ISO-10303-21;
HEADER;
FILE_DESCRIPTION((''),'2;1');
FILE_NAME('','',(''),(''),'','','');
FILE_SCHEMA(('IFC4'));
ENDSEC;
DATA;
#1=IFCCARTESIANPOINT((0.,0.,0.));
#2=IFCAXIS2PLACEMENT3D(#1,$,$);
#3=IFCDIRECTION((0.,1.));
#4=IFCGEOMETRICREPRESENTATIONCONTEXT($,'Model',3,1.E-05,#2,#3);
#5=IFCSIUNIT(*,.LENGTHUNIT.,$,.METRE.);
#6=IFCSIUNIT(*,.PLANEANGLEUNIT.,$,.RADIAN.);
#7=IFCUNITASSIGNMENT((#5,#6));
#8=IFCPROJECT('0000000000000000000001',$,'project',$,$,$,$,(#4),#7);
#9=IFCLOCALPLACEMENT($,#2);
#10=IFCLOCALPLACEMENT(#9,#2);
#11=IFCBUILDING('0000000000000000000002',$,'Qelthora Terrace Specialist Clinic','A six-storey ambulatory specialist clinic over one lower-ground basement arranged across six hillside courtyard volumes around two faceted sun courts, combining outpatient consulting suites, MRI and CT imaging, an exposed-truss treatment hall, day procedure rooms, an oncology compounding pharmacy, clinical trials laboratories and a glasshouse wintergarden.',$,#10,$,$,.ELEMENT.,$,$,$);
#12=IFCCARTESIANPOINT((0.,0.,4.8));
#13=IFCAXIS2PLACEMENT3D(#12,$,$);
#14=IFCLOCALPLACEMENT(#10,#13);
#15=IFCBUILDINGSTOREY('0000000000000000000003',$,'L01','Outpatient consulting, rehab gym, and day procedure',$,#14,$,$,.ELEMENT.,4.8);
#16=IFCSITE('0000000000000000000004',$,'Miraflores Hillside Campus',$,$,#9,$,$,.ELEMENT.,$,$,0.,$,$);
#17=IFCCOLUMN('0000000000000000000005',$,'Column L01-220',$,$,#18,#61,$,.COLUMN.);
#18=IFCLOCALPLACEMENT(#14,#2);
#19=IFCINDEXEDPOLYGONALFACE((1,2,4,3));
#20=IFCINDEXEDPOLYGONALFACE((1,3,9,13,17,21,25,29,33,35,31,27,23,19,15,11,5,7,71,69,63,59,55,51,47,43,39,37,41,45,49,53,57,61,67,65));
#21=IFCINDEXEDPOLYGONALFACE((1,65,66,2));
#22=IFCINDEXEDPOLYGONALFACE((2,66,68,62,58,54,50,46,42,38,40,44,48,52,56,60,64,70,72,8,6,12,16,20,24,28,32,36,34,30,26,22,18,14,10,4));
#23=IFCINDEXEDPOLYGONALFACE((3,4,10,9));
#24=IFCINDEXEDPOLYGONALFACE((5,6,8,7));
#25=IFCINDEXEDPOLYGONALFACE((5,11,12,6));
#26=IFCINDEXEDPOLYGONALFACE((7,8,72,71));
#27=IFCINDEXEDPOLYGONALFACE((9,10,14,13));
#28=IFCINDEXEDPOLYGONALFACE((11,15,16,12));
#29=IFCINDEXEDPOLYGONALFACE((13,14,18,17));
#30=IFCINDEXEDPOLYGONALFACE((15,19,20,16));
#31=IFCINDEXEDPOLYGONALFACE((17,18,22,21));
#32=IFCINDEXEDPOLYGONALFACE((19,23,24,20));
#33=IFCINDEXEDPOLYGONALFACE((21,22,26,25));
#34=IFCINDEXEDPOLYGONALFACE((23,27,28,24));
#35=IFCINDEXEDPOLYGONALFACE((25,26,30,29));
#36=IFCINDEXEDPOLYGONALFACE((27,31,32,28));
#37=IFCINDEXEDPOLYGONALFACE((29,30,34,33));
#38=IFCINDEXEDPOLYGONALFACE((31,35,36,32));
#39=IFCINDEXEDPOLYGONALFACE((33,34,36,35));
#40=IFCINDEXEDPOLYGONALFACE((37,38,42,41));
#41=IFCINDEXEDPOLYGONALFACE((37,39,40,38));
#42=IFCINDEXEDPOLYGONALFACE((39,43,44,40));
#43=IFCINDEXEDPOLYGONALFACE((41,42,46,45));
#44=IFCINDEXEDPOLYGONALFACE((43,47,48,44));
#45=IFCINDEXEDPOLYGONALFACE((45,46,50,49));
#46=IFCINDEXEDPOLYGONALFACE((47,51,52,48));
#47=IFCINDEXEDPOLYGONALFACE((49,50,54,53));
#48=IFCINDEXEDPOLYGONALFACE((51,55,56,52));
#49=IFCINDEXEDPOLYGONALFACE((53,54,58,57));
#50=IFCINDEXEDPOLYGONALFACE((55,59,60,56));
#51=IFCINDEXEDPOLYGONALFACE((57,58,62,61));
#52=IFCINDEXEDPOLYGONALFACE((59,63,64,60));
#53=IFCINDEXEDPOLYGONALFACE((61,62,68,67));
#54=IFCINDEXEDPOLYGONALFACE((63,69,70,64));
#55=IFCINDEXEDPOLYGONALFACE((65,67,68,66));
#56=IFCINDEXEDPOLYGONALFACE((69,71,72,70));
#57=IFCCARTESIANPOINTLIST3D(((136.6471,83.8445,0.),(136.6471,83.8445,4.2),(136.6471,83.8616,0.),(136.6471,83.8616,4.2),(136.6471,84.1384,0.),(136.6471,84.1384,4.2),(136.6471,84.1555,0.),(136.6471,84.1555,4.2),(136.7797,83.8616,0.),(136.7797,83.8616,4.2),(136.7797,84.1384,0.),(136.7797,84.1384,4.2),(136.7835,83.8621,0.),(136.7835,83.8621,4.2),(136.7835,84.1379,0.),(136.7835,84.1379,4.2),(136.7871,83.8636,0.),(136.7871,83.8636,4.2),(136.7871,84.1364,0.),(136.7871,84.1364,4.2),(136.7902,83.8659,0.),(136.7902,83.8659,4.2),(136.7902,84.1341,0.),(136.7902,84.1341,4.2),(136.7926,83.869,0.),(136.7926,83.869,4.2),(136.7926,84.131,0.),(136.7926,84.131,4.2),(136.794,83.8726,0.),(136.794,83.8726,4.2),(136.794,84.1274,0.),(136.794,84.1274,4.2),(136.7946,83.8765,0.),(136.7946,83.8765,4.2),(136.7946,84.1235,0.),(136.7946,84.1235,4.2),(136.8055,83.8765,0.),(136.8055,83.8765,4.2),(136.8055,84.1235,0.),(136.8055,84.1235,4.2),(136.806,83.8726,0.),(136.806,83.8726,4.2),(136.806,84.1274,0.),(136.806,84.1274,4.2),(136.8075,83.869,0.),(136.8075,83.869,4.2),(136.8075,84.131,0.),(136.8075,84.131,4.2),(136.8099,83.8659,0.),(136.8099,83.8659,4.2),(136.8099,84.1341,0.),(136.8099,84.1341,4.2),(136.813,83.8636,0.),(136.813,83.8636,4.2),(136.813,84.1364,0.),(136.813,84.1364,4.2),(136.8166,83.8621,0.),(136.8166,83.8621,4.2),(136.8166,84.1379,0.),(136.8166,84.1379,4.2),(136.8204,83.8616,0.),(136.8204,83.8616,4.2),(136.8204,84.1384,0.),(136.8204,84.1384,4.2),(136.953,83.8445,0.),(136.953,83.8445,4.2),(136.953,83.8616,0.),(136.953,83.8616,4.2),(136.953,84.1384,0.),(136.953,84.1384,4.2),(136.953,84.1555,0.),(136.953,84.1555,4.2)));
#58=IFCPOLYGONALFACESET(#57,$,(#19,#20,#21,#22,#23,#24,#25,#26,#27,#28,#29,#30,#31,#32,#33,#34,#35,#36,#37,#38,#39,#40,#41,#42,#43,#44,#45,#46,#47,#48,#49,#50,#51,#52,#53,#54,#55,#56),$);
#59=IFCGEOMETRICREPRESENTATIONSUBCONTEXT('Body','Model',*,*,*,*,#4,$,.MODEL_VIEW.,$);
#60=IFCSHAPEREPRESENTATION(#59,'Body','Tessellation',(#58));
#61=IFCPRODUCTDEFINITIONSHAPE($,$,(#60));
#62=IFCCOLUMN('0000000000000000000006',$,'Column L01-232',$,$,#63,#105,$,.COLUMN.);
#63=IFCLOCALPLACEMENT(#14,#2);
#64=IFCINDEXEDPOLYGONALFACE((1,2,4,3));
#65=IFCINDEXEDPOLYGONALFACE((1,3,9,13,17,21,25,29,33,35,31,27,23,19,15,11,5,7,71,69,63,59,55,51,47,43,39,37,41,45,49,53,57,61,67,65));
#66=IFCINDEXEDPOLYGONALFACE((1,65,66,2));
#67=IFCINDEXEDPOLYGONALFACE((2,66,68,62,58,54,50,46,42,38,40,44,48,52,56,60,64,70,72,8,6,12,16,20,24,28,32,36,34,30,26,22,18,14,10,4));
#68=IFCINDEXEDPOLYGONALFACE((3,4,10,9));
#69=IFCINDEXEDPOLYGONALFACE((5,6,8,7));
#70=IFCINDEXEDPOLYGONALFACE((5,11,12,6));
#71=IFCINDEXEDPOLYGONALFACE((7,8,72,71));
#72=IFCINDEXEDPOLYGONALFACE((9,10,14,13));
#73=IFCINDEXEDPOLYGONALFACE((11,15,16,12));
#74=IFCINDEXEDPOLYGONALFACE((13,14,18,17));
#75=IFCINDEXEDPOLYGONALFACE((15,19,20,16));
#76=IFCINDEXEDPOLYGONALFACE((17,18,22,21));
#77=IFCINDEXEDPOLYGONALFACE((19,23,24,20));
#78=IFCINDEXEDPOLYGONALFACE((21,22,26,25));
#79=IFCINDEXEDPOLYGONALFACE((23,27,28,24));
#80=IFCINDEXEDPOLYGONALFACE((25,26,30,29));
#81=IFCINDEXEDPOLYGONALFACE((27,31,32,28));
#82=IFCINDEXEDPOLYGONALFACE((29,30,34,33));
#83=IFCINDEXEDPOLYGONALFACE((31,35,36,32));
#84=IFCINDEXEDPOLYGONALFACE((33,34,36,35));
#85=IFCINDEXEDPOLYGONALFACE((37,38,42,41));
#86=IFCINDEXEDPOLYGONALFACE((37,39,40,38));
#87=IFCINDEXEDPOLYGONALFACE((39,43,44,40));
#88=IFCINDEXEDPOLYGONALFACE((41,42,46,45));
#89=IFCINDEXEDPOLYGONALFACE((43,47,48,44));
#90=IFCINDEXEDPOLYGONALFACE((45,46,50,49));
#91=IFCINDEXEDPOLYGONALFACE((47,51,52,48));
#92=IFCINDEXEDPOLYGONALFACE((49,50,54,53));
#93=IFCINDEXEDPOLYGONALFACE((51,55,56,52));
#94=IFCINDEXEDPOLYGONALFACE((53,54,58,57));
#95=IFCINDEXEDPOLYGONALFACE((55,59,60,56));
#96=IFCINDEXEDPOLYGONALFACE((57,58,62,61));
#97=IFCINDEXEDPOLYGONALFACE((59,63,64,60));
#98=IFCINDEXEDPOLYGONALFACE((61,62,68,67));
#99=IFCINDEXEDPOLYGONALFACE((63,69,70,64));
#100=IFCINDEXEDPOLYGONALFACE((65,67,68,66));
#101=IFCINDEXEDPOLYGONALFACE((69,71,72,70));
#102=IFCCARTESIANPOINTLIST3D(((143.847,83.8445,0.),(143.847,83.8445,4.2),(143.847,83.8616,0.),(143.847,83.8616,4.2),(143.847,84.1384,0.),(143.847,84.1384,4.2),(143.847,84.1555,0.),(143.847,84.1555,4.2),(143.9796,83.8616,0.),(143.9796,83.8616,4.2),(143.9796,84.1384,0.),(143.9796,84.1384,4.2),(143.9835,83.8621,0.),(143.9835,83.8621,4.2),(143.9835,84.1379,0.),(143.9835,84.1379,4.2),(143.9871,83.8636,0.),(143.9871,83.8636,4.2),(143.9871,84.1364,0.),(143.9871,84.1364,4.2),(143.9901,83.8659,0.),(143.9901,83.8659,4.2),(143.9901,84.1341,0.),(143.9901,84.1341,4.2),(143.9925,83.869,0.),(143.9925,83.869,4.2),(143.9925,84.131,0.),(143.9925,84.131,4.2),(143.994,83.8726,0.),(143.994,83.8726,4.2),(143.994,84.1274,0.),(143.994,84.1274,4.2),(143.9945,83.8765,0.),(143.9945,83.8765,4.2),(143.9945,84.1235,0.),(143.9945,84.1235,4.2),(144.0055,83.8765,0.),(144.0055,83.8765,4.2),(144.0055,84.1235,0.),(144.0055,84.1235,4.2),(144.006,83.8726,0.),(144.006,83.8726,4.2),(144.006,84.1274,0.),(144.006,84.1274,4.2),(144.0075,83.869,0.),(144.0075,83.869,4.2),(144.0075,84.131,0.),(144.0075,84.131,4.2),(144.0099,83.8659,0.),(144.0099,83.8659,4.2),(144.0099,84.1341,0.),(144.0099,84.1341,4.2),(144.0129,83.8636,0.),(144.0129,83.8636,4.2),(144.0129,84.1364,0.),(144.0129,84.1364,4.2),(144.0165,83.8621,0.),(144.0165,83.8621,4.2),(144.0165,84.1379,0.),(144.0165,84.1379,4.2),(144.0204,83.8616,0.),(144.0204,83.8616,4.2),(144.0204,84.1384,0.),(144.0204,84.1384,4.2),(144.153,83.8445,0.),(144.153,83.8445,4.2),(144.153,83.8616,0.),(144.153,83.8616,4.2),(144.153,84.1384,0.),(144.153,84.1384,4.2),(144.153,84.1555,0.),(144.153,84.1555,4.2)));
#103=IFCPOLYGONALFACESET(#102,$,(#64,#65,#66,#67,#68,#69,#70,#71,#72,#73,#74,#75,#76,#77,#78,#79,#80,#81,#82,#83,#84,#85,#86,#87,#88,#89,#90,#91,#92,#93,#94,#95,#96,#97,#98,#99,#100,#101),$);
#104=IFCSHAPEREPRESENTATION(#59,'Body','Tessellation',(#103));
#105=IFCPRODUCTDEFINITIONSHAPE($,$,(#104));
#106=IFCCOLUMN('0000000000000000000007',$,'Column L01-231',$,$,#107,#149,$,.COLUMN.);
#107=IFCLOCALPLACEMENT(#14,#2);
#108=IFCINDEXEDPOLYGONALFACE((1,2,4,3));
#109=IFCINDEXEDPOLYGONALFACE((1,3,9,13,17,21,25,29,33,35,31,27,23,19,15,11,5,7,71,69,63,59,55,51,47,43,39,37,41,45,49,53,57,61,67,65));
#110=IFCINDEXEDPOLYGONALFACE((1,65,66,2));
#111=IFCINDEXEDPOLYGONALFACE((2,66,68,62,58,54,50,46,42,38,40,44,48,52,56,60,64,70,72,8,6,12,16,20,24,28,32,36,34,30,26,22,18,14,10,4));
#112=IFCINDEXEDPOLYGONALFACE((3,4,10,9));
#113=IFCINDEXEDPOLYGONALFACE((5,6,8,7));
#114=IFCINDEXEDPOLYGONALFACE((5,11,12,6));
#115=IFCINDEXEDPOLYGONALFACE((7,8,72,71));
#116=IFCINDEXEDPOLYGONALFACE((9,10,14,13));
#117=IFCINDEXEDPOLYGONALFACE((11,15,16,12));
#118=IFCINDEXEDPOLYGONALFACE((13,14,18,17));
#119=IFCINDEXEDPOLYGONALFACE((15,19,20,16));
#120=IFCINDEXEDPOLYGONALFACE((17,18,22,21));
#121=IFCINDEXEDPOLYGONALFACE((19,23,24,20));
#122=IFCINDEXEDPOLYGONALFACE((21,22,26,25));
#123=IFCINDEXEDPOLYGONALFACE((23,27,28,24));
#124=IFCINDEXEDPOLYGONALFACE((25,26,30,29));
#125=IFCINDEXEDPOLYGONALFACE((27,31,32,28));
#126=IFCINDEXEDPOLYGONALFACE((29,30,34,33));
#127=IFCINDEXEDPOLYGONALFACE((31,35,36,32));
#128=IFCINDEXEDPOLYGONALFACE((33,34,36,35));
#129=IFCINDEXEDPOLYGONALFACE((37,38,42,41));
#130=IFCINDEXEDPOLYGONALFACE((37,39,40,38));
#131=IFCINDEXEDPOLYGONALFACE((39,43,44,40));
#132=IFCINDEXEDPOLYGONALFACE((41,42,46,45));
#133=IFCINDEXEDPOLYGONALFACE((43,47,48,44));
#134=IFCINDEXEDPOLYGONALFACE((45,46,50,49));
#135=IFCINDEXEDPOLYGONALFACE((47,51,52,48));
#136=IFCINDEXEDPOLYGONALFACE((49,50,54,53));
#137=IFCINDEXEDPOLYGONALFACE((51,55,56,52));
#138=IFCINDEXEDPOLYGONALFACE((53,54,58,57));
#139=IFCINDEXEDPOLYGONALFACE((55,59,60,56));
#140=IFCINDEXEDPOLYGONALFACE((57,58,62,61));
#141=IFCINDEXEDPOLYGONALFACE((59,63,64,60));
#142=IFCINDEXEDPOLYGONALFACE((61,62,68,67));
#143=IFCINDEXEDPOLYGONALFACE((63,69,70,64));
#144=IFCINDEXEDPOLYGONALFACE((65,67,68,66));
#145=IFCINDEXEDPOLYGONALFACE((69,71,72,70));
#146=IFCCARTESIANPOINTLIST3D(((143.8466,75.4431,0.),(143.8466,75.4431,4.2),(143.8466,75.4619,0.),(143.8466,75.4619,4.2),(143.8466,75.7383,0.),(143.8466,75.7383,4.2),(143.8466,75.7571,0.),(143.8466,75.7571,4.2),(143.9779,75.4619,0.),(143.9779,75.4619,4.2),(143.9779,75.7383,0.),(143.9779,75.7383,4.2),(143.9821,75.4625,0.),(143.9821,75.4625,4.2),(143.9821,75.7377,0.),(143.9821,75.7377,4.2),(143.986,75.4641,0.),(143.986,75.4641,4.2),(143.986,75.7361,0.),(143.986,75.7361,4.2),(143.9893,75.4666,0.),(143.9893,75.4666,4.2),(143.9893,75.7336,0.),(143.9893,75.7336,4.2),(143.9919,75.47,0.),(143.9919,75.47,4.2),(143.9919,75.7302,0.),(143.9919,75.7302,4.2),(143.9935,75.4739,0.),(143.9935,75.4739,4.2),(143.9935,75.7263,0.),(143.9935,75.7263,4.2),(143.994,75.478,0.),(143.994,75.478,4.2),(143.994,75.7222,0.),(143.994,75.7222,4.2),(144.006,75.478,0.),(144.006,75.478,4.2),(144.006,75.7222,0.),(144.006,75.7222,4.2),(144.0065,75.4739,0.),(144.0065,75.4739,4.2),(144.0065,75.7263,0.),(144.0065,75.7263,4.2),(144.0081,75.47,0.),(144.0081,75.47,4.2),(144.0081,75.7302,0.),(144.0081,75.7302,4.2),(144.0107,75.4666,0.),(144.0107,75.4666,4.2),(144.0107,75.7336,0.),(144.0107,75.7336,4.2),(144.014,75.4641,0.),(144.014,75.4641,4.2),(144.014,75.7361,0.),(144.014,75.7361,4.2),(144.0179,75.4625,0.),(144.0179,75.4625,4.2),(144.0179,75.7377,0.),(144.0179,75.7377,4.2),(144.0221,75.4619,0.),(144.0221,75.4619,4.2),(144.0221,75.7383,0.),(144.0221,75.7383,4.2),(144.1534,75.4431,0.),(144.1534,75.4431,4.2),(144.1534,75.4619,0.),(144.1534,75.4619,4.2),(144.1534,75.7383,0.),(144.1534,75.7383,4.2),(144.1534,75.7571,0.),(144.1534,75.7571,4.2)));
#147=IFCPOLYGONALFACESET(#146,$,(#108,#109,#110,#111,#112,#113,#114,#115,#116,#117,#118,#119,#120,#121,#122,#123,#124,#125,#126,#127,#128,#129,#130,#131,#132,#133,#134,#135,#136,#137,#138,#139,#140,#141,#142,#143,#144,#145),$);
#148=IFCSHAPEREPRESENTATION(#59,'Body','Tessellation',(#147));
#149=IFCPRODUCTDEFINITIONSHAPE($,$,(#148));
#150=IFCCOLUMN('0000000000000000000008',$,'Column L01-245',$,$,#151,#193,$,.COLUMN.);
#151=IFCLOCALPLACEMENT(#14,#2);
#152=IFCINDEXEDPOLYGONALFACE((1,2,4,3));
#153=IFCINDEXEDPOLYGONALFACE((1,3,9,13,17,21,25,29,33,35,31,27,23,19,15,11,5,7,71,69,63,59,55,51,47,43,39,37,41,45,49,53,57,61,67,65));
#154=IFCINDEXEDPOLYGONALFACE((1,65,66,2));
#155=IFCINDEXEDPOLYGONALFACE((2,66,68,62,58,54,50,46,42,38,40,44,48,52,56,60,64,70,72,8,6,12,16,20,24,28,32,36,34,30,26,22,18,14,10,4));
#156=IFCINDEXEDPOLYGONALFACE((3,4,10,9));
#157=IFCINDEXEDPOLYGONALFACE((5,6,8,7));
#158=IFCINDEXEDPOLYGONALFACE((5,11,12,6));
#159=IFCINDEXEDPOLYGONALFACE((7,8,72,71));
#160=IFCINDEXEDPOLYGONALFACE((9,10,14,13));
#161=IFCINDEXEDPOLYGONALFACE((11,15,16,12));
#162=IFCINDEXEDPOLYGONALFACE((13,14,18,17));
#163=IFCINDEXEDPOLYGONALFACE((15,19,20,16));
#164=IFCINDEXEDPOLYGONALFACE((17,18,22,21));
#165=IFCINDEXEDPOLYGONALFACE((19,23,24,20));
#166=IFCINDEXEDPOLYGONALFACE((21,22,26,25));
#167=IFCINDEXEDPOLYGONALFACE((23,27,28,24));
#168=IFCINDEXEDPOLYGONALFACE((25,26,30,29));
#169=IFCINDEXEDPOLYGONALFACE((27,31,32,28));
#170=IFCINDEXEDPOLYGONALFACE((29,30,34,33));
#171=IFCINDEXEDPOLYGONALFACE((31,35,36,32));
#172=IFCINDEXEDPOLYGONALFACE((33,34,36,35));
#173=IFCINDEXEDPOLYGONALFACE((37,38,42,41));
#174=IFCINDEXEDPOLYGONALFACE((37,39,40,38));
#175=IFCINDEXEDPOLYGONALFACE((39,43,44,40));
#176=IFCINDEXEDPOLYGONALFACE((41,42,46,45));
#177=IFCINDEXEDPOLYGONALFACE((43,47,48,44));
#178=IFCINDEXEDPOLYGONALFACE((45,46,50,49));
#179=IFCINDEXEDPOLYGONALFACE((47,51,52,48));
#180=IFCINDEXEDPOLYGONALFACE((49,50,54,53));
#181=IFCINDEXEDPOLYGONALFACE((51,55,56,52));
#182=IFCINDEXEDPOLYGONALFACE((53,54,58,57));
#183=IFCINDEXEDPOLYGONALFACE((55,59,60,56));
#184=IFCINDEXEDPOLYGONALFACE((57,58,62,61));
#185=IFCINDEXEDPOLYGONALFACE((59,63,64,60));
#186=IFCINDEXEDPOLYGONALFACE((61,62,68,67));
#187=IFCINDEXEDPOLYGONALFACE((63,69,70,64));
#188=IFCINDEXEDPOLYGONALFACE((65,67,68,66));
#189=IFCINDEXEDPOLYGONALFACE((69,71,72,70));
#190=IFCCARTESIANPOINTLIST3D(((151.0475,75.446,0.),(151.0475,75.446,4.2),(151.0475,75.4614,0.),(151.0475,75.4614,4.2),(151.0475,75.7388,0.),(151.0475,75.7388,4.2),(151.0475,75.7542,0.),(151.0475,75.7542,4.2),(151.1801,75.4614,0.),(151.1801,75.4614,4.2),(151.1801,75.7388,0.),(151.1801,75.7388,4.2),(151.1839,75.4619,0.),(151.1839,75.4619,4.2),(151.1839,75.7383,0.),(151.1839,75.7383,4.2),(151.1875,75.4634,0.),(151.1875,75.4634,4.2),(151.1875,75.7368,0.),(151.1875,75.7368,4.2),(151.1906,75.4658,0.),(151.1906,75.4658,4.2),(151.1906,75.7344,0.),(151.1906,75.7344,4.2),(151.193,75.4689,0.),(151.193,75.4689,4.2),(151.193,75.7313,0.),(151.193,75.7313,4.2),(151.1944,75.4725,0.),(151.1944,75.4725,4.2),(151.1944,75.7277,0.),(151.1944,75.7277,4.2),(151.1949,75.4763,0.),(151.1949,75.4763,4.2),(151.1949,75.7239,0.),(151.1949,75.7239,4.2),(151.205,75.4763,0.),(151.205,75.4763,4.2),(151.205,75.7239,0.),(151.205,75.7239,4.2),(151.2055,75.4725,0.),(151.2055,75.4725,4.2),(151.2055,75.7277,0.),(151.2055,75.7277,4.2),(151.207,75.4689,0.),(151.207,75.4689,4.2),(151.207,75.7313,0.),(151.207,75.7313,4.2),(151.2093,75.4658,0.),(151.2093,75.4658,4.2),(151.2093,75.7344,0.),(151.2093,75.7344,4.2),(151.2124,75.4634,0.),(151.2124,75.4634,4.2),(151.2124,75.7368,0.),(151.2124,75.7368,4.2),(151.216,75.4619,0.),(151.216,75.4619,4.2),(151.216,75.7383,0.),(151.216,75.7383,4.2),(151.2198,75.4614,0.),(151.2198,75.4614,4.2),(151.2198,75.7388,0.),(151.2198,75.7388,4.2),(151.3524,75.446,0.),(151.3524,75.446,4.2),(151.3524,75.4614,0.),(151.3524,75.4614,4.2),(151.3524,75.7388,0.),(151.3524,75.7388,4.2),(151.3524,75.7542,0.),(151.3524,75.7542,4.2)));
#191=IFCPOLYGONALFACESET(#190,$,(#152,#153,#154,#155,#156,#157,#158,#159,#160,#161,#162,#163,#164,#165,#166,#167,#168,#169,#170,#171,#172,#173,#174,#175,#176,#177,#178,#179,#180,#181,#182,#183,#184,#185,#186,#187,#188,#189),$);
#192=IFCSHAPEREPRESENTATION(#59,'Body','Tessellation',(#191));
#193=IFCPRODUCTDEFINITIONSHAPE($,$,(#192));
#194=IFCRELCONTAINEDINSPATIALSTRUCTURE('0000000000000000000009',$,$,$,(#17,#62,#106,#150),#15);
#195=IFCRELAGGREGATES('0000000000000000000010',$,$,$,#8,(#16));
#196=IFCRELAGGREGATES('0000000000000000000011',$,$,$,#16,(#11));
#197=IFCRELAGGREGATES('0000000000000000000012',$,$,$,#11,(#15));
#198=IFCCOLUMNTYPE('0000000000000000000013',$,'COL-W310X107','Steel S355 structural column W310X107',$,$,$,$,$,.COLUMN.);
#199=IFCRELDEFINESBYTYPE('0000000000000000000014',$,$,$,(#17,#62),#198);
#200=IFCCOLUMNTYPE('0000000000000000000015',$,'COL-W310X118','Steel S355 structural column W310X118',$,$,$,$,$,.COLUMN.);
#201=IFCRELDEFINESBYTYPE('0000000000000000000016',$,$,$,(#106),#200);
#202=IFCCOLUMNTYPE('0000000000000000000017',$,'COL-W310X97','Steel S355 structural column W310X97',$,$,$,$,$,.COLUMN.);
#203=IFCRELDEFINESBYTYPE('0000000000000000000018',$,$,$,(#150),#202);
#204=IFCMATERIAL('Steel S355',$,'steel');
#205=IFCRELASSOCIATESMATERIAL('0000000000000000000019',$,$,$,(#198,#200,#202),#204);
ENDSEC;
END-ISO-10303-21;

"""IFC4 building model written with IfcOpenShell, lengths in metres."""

from ifc_helpers import new_model, si_unit, direction, frame, origin, origin_2d, place, context, subcontext, project, spatial, i_section, extrude, material, material_profile, profile_set, type_object, element, save


model = new_model("IFC4")

# Units and contexts
model_context = context("Model", 3, precision=1e-05, world=origin(), true_north=direction((0.0, 1.0)))
body_context = subcontext(model_context, "Body", "Model", "MODEL_VIEW")
ifc_project = project(units=[si_unit("LENGTHUNIT", "METRE"), si_unit("PLANEANGLEUNIT", "RADIAN")], contexts=[model_context])

# Site, building, storey
site_placement = place(None, origin())
site = spatial("IfcSite", under=ifc_project, at=site_placement, Name="Miraflores Hillside Campus", CompositionType="ELEMENT", RefElevation=0.0)
building_placement = place(site_placement, origin())
building = spatial("IfcBuilding", under=site, at=building_placement, Name="Qelthora Terrace Specialist Clinic", Description="A six-storey ambulatory specialist clinic over one lower-ground basement arranged across six hillside courtyard volumes around two faceted sun courts, combining outpatient consulting suites, MRI and CT imaging, an exposed-truss treatment hall, day procedure rooms, an oncology compounding pharmacy, clinical trials laboratories and a glasshouse wintergarden.", CompositionType="ELEMENT")
storey_placement = place(building_placement, frame((0.0, 0.0, 4.8)))
storey = spatial("IfcBuildingStorey", under=building, at=storey_placement, Name="L01", Description="Outpatient consulting, rehab gym, and day procedure", CompositionType="ELEMENT", Elevation=4.8)

# Columns
ifc_material_1 = material(Name="Steel S355", Category="steel")
ifc_material_profile_1 = material_profile(ifc_material_1, i_section(OverallWidth=0.3059, OverallDepth=0.311, WebThickness=0.011, FlangeThickness=0.0171, FilletRadius=0.0149, at=origin_2d()), Name="W310X107")
ifc_profile_set_1 = profile_set([ifc_material_profile_1], Name="Steel S355")
column_type_1 = type_object("IfcColumnType", Name="COL-W310X107", Description="Steel S355 structural column W310X107", PredefinedType="COLUMN", material=ifc_profile_set_1)
for number, where, z_axis, x_axis, name in (
    (1, (136.8, 84.0, 0.0), (0.0, 0.0, 1.0), (1.0, 0.0, 0.0), "Column L01-220"),
    (2, (144.0, 84.0, 0.0), (0.0, 0.0, 1.0), (1.0, 0.0, 0.0), "Column L01-232"),
):
    element("IfcColumn", number, at=place(storey_placement, frame(where, z_axis=z_axis, x_axis=x_axis)), inside=storey, type_object=column_type_1, Name=name, PredefinedType="COLUMN", context=body_context, shape_type="SweptSolid", body=[
        extrude(i_section(OverallWidth=0.3059, OverallDepth=0.311, WebThickness=0.011, FlangeThickness=0.0171, FilletRadius=0.0149, at=origin_2d()), origin(), (0.0, 0.0, 1.0), 4.2),
    ])
ifc_material_profile_2 = material_profile(ifc_material_1, i_section(OverallWidth=0.3069, OverallDepth=0.314, WebThickness=0.012, FlangeThickness=0.0188, FilletRadius=0.0161, at=origin_2d()), Name="W310X118")
ifc_profile_set_2 = profile_set([ifc_material_profile_2], Name="Steel S355")
column_type_2 = type_object("IfcColumnType", Name="COL-W310X118", Description="Steel S355 structural column W310X118", PredefinedType="COLUMN", material=ifc_profile_set_2)
column_1_placement = place(storey_placement, frame((144.0, 75.6001, 0.0), z_axis=(0.0, 0.0, 1.0), x_axis=(1.0, 0.0, 0.0)))
element("IfcColumn", 3, at=column_1_placement, inside=storey, type_object=column_type_2, Name="Column L01-231", PredefinedType="COLUMN", context=body_context, shape_type="SweptSolid", body=[
    extrude(i_section(OverallWidth=0.3069, OverallDepth=0.314, WebThickness=0.012, FlangeThickness=0.0188, FilletRadius=0.0161, at=origin_2d()), origin(), (0.0, 0.0, 1.0), 4.2),
])
ifc_material_profile_3 = material_profile(ifc_material_1, i_section(OverallWidth=0.3049, OverallDepth=0.3081, WebThickness=0.01, FlangeThickness=0.0154, FilletRadius=0.0149, at=origin_2d()), Name="W310X97")
ifc_profile_set_3 = profile_set([ifc_material_profile_3], Name="Steel S355")
column_type_3 = type_object("IfcColumnType", Name="COL-W310X97", Description="Steel S355 structural column W310X97", PredefinedType="COLUMN", material=ifc_profile_set_3)
column_2_placement = place(storey_placement, frame((151.2, 75.6001, 0.0), z_axis=(0.0, 0.0, 1.0), x_axis=(1.0, 0.0, 0.0)))
element("IfcColumn", 4, at=column_2_placement, inside=storey, type_object=column_type_3, Name="Column L01-245", PredefinedType="COLUMN", context=body_context, shape_type="SweptSolid", body=[
    extrude(i_section(OverallWidth=0.3049, OverallDepth=0.3081, WebThickness=0.01, FlangeThickness=0.0154, FilletRadius=0.0149, at=origin_2d()), origin(), (0.0, 0.0, 1.0), 4.2),
])

save(model, "model.ifc")
